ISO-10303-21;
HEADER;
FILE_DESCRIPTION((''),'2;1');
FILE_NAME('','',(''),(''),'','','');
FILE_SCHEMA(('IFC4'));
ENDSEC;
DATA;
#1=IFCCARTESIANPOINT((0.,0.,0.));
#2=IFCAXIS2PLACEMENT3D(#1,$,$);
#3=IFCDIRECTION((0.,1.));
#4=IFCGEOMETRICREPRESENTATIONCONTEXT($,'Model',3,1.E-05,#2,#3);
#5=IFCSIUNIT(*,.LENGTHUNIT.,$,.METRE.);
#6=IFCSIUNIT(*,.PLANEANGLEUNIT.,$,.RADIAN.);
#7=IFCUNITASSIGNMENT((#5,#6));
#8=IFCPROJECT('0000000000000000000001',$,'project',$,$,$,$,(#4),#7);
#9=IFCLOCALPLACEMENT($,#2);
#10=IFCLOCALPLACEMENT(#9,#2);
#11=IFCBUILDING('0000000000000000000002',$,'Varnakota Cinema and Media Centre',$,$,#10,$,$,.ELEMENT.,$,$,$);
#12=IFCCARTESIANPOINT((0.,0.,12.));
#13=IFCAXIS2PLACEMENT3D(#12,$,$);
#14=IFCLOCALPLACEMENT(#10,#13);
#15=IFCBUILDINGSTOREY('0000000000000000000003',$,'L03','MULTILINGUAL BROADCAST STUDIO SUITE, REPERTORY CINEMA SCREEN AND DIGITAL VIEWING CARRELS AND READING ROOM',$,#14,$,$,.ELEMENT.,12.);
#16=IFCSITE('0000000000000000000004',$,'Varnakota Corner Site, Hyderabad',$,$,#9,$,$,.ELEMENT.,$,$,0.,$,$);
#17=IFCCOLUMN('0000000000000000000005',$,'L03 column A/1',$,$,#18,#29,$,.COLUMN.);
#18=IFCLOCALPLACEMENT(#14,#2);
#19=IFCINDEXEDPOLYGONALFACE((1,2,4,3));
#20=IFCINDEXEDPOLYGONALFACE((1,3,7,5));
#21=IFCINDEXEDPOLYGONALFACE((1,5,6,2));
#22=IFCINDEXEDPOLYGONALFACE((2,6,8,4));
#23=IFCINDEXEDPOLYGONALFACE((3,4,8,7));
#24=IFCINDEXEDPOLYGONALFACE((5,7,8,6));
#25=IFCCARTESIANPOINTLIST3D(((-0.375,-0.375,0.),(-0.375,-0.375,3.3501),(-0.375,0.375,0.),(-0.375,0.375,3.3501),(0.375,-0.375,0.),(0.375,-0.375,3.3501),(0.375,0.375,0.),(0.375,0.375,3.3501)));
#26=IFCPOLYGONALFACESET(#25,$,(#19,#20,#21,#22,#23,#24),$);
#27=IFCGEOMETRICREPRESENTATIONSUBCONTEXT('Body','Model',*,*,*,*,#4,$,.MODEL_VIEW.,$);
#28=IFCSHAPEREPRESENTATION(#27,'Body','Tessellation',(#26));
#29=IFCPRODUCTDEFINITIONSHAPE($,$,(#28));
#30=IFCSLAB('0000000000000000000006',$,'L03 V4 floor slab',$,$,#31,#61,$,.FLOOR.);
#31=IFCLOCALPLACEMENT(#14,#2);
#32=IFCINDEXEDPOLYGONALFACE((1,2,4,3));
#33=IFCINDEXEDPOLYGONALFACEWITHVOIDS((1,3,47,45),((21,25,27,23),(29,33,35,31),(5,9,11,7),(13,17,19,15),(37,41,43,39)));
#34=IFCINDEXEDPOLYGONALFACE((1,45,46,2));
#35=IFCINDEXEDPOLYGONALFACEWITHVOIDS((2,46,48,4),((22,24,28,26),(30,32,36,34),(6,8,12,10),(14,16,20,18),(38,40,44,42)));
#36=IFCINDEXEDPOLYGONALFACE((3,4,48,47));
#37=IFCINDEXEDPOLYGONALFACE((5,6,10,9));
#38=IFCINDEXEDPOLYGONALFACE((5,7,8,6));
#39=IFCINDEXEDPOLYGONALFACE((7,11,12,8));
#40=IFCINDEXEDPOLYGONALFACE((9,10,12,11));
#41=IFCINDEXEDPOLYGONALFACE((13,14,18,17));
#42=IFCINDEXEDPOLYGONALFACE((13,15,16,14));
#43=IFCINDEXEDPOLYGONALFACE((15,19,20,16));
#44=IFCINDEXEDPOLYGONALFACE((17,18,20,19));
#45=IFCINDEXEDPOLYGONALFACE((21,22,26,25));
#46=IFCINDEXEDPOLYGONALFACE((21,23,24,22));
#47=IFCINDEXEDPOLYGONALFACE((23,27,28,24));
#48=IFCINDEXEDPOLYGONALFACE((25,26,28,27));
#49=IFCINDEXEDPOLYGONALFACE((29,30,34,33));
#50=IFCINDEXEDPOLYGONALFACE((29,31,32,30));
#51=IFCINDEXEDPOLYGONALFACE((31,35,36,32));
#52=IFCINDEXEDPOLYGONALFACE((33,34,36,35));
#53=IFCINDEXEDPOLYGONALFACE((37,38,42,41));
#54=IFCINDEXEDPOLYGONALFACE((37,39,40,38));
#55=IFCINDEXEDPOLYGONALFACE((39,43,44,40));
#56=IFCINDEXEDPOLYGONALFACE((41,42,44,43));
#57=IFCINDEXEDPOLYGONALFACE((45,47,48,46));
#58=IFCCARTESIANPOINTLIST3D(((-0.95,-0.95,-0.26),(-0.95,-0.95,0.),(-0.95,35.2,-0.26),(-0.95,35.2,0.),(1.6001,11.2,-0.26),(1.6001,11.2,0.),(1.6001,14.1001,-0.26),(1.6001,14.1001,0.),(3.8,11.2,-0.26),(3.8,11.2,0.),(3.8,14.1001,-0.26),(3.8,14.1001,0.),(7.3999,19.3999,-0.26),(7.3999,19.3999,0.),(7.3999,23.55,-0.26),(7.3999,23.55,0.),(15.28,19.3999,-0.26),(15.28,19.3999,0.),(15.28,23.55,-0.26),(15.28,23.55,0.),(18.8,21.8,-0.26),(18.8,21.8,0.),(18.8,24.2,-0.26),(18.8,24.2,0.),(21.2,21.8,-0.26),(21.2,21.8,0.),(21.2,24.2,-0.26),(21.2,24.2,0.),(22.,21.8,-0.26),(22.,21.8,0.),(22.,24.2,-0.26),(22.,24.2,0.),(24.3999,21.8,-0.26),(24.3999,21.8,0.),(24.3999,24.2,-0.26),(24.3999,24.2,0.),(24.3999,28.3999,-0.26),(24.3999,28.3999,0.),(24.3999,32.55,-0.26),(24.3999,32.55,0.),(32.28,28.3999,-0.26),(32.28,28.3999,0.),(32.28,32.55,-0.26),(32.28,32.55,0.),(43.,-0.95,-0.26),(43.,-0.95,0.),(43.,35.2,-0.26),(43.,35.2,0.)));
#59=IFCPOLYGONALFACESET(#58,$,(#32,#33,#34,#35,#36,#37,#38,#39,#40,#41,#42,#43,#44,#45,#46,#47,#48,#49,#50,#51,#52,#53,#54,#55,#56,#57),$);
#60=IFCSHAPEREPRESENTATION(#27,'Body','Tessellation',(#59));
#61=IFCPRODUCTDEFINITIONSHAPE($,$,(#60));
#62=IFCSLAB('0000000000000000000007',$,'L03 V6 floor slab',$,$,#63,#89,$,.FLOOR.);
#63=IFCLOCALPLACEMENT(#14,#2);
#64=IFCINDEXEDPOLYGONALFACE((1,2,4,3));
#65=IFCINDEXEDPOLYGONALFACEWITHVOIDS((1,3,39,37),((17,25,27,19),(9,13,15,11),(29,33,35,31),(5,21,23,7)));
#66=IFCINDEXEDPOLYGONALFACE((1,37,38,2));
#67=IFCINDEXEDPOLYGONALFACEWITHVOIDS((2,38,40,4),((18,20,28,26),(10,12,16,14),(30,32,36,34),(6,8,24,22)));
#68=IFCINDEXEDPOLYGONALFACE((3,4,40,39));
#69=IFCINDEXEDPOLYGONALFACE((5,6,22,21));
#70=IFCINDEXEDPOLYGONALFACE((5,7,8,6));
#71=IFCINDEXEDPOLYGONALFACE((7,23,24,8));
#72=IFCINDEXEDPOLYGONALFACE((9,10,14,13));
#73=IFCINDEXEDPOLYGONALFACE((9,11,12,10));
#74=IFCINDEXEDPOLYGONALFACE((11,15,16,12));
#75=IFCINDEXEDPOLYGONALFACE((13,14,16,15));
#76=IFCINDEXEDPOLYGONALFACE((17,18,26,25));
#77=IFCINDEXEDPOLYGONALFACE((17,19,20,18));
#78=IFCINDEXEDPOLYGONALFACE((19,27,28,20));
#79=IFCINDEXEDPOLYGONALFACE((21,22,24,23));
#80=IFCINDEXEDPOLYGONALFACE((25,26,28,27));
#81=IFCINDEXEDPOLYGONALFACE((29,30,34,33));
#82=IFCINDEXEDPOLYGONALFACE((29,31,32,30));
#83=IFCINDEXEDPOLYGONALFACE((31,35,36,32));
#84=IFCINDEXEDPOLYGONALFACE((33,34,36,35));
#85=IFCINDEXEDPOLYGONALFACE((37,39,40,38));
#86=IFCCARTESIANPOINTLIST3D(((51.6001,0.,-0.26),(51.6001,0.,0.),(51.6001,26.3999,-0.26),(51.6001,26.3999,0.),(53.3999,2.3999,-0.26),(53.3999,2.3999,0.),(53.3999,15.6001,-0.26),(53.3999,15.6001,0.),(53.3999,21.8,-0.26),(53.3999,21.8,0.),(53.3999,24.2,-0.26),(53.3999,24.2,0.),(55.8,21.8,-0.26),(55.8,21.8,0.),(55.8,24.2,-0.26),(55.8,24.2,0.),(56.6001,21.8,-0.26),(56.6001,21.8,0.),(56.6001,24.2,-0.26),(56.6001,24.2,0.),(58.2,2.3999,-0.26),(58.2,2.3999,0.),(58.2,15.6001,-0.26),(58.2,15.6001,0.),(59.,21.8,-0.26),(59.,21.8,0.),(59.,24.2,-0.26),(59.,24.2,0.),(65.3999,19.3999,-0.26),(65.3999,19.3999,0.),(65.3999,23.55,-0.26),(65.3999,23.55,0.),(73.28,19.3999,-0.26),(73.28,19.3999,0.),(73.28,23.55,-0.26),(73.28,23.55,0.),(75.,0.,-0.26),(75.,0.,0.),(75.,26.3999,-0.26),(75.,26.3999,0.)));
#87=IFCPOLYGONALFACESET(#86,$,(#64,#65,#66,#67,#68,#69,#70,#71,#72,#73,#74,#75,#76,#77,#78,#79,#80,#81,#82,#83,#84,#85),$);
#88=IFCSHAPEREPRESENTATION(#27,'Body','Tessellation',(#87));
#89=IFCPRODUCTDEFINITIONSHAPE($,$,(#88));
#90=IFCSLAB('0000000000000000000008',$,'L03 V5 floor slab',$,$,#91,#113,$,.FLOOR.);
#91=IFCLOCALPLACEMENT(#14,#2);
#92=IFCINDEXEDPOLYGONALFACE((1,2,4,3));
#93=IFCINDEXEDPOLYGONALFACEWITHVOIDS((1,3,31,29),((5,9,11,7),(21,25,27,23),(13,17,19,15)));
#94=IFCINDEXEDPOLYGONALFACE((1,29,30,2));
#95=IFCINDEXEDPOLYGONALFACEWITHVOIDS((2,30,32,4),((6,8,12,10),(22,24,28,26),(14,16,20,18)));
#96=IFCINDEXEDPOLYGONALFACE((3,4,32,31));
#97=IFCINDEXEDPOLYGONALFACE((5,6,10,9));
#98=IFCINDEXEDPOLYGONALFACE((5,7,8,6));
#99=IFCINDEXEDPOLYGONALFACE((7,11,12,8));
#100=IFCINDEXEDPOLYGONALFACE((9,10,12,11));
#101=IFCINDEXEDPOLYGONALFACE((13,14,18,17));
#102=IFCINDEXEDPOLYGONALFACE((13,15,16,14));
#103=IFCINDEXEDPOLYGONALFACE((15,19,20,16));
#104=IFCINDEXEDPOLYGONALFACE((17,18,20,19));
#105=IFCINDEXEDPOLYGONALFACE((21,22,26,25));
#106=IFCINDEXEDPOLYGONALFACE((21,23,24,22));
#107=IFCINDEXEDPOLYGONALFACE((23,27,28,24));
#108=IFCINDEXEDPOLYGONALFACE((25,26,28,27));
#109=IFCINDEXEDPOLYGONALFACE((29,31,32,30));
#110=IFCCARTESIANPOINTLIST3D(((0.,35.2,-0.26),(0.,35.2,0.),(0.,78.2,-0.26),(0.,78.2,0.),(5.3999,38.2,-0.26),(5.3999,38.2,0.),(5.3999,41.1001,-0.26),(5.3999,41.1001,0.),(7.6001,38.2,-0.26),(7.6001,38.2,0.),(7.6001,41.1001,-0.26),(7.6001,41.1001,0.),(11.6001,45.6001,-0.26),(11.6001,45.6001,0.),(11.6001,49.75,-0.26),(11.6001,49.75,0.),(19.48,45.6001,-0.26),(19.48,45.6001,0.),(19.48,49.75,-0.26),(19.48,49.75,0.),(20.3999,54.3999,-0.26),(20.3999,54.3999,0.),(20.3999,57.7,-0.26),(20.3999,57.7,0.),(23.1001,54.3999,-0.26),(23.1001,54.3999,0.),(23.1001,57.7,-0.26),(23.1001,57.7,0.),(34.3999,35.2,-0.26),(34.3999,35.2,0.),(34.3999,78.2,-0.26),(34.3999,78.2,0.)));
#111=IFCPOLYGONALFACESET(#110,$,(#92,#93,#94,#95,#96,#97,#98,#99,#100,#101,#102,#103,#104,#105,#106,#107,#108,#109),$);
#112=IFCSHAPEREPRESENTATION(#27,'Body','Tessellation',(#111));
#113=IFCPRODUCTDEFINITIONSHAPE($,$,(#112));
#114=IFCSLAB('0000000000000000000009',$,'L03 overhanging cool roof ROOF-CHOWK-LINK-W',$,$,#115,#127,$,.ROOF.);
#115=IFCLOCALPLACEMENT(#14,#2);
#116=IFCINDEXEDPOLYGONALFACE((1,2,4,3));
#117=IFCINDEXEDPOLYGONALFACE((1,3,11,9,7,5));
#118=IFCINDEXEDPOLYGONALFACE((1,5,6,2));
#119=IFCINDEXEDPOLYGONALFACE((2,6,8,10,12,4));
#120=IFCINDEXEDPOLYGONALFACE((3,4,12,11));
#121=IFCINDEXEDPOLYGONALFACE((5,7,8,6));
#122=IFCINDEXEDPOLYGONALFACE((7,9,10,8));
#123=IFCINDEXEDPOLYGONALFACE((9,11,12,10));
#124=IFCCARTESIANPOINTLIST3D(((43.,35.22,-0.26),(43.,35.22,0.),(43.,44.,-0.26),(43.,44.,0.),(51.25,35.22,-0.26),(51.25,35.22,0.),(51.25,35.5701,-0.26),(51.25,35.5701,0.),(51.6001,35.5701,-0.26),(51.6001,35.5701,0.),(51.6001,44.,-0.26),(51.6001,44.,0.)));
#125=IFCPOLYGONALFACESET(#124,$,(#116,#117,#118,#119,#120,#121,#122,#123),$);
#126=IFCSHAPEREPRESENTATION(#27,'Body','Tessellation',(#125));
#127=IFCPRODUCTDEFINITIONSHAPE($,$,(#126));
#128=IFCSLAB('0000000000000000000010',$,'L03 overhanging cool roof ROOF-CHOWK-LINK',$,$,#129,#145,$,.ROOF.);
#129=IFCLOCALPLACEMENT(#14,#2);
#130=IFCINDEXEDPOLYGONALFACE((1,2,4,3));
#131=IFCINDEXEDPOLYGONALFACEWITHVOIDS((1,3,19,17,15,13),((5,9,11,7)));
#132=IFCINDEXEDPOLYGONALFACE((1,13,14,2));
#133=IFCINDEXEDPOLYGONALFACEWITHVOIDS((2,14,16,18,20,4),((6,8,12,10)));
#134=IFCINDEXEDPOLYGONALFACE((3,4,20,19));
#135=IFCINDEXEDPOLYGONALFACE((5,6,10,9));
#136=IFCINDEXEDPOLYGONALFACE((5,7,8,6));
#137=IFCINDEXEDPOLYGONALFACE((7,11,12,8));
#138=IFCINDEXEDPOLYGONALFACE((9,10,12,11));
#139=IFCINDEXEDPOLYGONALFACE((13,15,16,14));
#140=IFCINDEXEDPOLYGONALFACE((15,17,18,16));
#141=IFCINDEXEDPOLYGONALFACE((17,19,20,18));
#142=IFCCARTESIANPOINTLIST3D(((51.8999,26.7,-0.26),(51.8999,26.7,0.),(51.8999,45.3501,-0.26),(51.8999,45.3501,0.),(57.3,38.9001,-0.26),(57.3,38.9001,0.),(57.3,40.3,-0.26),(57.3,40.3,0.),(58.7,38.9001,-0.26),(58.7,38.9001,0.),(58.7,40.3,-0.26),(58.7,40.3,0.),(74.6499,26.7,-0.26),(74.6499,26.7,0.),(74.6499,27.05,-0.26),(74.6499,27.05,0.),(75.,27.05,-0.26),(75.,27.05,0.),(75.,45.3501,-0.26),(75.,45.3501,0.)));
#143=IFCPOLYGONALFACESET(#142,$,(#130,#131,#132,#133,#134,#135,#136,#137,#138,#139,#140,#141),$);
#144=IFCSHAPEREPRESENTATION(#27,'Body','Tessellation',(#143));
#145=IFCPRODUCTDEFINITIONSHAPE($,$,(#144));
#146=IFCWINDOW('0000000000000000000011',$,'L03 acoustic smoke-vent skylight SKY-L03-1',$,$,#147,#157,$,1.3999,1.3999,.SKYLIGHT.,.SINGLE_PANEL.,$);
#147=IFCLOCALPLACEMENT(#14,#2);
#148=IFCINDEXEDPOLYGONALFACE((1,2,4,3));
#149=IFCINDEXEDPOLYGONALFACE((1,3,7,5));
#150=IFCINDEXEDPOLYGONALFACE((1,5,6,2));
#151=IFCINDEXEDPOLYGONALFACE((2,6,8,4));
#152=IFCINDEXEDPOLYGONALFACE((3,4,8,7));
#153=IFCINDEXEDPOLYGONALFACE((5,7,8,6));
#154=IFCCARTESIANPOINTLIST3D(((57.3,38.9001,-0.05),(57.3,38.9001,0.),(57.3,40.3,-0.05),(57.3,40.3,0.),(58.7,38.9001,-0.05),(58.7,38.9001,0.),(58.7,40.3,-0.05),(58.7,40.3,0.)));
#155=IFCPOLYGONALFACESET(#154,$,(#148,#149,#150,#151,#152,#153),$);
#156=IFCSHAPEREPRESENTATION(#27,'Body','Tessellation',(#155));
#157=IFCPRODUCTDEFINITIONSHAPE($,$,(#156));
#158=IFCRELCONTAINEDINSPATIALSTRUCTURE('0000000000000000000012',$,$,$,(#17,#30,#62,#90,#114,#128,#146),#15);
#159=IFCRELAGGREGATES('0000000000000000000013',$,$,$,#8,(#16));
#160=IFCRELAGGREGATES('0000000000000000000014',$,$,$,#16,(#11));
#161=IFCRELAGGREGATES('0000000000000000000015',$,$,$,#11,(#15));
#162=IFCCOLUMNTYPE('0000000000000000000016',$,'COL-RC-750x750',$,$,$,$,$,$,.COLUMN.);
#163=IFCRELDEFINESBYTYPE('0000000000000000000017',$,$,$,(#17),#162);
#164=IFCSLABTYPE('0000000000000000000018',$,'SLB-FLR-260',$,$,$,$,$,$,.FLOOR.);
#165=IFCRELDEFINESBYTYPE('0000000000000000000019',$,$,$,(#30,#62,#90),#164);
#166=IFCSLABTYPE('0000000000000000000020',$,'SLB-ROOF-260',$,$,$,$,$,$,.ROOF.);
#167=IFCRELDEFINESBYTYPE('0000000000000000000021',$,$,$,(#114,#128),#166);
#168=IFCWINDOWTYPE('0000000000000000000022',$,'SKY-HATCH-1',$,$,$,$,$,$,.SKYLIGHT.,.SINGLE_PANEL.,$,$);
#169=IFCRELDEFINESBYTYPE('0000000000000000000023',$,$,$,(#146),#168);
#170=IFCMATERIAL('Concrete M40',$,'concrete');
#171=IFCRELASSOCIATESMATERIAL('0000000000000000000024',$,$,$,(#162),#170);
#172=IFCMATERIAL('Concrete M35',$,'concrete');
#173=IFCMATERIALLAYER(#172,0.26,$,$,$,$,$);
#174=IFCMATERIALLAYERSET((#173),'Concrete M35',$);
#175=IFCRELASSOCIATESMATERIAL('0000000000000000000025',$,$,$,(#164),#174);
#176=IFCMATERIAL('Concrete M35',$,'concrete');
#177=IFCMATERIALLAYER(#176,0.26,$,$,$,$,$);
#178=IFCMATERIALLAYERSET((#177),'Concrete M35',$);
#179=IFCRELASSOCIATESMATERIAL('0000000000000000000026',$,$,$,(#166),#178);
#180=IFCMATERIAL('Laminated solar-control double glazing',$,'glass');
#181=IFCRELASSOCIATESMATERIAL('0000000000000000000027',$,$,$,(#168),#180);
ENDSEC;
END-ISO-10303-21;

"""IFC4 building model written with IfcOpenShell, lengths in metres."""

from ifc_helpers import new_model, si_unit, direction, frame, origin, origin_with_axes, origin_2d, place, context, subcontext, project, spatial, polyline, rectangle, outline, extrude, material, layer, layer_set, material_profile, profile_set, type_object, element, fill, save


model = new_model("IFC4")

# Units and contexts
model_context = context("Model", 3, precision=1e-05, world=origin(), true_north=direction((0.0, 1.0)))
body_context = subcontext(model_context, "Body", "Model", "MODEL_VIEW")
ifc_project = project(units=[si_unit("LENGTHUNIT", "METRE"), si_unit("PLANEANGLEUNIT", "RADIAN")], contexts=[model_context])

# Site, building, storey
site_placement = place(None, origin())
site = spatial("IfcSite", under=ifc_project, at=site_placement, Name="Varnakota Corner Site, Hyderabad", CompositionType="ELEMENT", RefElevation=0.0)
building_placement = place(site_placement, origin())
building = spatial("IfcBuilding", under=site, at=building_placement, Name="Varnakota Cinema and Media Centre", CompositionType="ELEMENT")
storey_placement = place(building_placement, frame((0.0, 0.0, 12.0)))
storey = spatial("IfcBuildingStorey", under=building, at=storey_placement, Name="L03", Description="MULTILINGUAL BROADCAST STUDIO SUITE, REPERTORY CINEMA SCREEN AND DIGITAL VIEWING CARRELS AND READING ROOM", CompositionType="ELEMENT", Elevation=12.0)

# Column
ifc_material_1 = material(Name="Concrete M40", Category="concrete")
ifc_material_profile = material_profile(ifc_material_1, rectangle(XDim=0.75, YDim=0.75, at=origin_2d()), Name="RC 750x750")
ifc_profile_set = profile_set([ifc_material_profile], Name="Concrete M40")
column_type = type_object("IfcColumnType", Name="COL-RC-750x750", PredefinedType="COLUMN", material=ifc_profile_set)
column_placement = place(storey_placement, origin_with_axes())
element("IfcColumn", 1, at=column_placement, inside=storey, type_object=column_type, Name="L03 column A/1", PredefinedType="COLUMN", context=body_context, shape_type="SweptSolid", body=[
    extrude(rectangle(XDim=0.75, YDim=0.75, at=origin_2d()), origin(), (0.0, 0.0, 1.0), 3.3501),
])

# Slabs
ifc_material_2 = material(Name="Concrete M35", Category="concrete")
ifc_layer_1 = layer(ifc_material_2, 0.26)
ifc_layer_set_1 = layer_set([ifc_layer_1], Name="Concrete M35")
slab_type_1 = type_object("IfcSlabType", Name="SLB-FLR-260", PredefinedType="FLOOR", material=ifc_layer_set_1)
slab_1_placement = place(storey_placement, frame((0.0, 0.0, -0.26)))
element("IfcSlab", 2, at=slab_1_placement, inside=storey, type_object=slab_type_1, Name="L03 V4 floor slab", PredefinedType="FLOOR", context=body_context, shape_type="SweptSolid", body=[
    extrude(outline(polyline([(-0.95, -0.95), (43.0, -0.95), (43.0, 35.2), (-0.95, 35.2), (-0.95, -0.95)]), holes=[polyline([(7.3999, 19.3999), (15.28, 19.3999), (15.28, 23.55), (7.3999, 23.55), (7.3999, 19.3999)]), polyline([(24.3999, 28.3999), (32.28, 28.3999), (32.28, 32.55), (24.3999, 32.55), (24.3999, 28.3999)]), polyline([(1.6001, 11.2), (3.8, 11.2), (3.8, 14.1001), (1.6001, 14.1001), (1.6001, 11.2)]), polyline([(18.8, 21.8), (21.2, 21.8), (21.2, 24.2), (18.8, 24.2), (18.8, 21.8)]), polyline([(22.0, 21.8), (24.3999, 21.8), (24.3999, 24.2), (22.0, 24.2), (22.0, 21.8)])]), origin(), (0.0, 0.0, 1.0), 0.26),
])
slab_2_placement = place(storey_placement, frame((0.0, 0.0, -0.26)))
element("IfcSlab", 3, at=slab_2_placement, inside=storey, type_object=slab_type_1, Name="L03 V6 floor slab", PredefinedType="FLOOR", context=body_context, shape_type="SweptSolid", body=[
    extrude(outline(polyline([(51.6001, 0.0), (75.0, 0.0), (75.0, 26.3999), (51.6001, 26.3999), (51.6001, 0.0)]), holes=[polyline([(53.3999, 2.3999), (58.2, 2.3999), (58.2, 15.6001), (53.3999, 15.6001), (53.3999, 2.3999)]), polyline([(65.3999, 19.3999), (73.28, 19.3999), (73.28, 23.55), (65.3999, 23.55), (65.3999, 19.3999)]), polyline([(53.3999, 21.8), (55.8, 21.8), (55.8, 24.2), (53.3999, 24.2), (53.3999, 21.8)]), polyline([(56.6001, 21.8), (59.0, 21.8), (59.0, 24.2), (56.6001, 24.2), (56.6001, 21.8)])]), origin(), (0.0, 0.0, 1.0), 0.26),
])
slab_3_placement = place(storey_placement, frame((0.0, 0.0, -0.26)))
element("IfcSlab", 4, at=slab_3_placement, inside=storey, type_object=slab_type_1, Name="L03 V5 floor slab", PredefinedType="FLOOR", context=body_context, shape_type="SweptSolid", body=[
    extrude(outline(polyline([(0.0, 35.2), (34.3999, 35.2), (34.3999, 78.2), (0.0, 78.2), (0.0, 35.2)]), holes=[polyline([(11.6001, 45.6001), (19.48, 45.6001), (19.48, 49.75), (11.6001, 49.75), (11.6001, 45.6001)]), polyline([(5.3999, 38.2), (7.6001, 38.2), (7.6001, 41.1001), (5.3999, 41.1001), (5.3999, 38.2)]), polyline([(20.3999, 54.3999), (23.1001, 54.3999), (23.1001, 57.7), (20.3999, 57.7), (20.3999, 54.3999)])]), origin(), (0.0, 0.0, 1.0), 0.26),
])
ifc_material_3 = material(Name="Concrete M35", Category="concrete")
ifc_layer_2 = layer(ifc_material_3, 0.26)
ifc_layer_set_2 = layer_set([ifc_layer_2], Name="Concrete M35")
slab_type_2 = type_object("IfcSlabType", Name="SLB-ROOF-260", PredefinedType="ROOF", material=ifc_layer_set_2)
slab_4_placement = place(storey_placement, frame((0.0, 0.0, -0.26)))
element("IfcSlab", 5, at=slab_4_placement, inside=storey, type_object=slab_type_2, Name="L03 overhanging cool roof ROOF-CHOWK-LINK-W", PredefinedType="ROOF", context=body_context, shape_type="SweptSolid", body=[
    extrude(outline(polyline([(43.0, 35.22), (51.25, 35.22), (51.25, 35.5701), (51.6001, 35.5701), (51.6001, 44.0), (43.0, 44.0), (43.0, 35.22)])), origin(), (0.0, 0.0, 1.0), 0.26),
])

# Slab, opening, window
slab_5_placement = place(storey_placement, frame((0.0, 0.0, -0.26)))
slab_5 = element("IfcSlab", 6, at=slab_5_placement, inside=storey, type_object=slab_type_2, Name="L03 overhanging cool roof ROOF-CHOWK-LINK", PredefinedType="ROOF", context=body_context, shape_type="SweptSolid", body=[
    extrude(outline(polyline([(51.8999, 26.7), (74.6499, 26.7), (74.6499, 27.05), (75.0, 27.05), (75.0, 45.3501), (51.8999, 45.3501), (51.8999, 26.7)])), origin(), (0.0, 0.0, 1.0), 0.26),
])
opening_1_placement = place(slab_5_placement, frame((58.0, 39.6001, 0.0)))
opening_1 = element("IfcOpeningElement", 7, at=opening_1_placement, cuts=slab_5, PredefinedType="OPENING", context=body_context, shape_type="SweptSolid", body=[
    extrude(rectangle(XDim=1.3999, YDim=1.3999, at=origin_2d()), origin(), (0.0, 0.0, 1.0), 0.26),
])
ifc_material_4 = material(Name="Laminated solar-control double glazing", Category="glass")
window_type_1 = type_object("IfcWindowType", Name="SKY-HATCH-1", PartitioningType="SINGLE_PANEL", PredefinedType="SKYLIGHT", material=ifc_material_4)
window_1_placement = place(opening_1_placement, frame((0.0, 0.0, 0.21)))
window_1 = element("IfcWindow", 8, at=window_1_placement, inside=storey, type_object=window_type_1, Name="L03 acoustic smoke-vent skylight SKY-L03-1", OverallHeight=1.3999, OverallWidth=1.3999, PartitioningType="SINGLE_PANEL", PredefinedType="SKYLIGHT", context=body_context, shape_type="SweptSolid", body=[
    extrude(rectangle(XDim=1.3999, YDim=1.3999, at=origin_2d()), origin(), (0.0, 0.0, 1.0), 0.05),
])
fill(opening_1, window_1)

save(model, "model.ifc")
